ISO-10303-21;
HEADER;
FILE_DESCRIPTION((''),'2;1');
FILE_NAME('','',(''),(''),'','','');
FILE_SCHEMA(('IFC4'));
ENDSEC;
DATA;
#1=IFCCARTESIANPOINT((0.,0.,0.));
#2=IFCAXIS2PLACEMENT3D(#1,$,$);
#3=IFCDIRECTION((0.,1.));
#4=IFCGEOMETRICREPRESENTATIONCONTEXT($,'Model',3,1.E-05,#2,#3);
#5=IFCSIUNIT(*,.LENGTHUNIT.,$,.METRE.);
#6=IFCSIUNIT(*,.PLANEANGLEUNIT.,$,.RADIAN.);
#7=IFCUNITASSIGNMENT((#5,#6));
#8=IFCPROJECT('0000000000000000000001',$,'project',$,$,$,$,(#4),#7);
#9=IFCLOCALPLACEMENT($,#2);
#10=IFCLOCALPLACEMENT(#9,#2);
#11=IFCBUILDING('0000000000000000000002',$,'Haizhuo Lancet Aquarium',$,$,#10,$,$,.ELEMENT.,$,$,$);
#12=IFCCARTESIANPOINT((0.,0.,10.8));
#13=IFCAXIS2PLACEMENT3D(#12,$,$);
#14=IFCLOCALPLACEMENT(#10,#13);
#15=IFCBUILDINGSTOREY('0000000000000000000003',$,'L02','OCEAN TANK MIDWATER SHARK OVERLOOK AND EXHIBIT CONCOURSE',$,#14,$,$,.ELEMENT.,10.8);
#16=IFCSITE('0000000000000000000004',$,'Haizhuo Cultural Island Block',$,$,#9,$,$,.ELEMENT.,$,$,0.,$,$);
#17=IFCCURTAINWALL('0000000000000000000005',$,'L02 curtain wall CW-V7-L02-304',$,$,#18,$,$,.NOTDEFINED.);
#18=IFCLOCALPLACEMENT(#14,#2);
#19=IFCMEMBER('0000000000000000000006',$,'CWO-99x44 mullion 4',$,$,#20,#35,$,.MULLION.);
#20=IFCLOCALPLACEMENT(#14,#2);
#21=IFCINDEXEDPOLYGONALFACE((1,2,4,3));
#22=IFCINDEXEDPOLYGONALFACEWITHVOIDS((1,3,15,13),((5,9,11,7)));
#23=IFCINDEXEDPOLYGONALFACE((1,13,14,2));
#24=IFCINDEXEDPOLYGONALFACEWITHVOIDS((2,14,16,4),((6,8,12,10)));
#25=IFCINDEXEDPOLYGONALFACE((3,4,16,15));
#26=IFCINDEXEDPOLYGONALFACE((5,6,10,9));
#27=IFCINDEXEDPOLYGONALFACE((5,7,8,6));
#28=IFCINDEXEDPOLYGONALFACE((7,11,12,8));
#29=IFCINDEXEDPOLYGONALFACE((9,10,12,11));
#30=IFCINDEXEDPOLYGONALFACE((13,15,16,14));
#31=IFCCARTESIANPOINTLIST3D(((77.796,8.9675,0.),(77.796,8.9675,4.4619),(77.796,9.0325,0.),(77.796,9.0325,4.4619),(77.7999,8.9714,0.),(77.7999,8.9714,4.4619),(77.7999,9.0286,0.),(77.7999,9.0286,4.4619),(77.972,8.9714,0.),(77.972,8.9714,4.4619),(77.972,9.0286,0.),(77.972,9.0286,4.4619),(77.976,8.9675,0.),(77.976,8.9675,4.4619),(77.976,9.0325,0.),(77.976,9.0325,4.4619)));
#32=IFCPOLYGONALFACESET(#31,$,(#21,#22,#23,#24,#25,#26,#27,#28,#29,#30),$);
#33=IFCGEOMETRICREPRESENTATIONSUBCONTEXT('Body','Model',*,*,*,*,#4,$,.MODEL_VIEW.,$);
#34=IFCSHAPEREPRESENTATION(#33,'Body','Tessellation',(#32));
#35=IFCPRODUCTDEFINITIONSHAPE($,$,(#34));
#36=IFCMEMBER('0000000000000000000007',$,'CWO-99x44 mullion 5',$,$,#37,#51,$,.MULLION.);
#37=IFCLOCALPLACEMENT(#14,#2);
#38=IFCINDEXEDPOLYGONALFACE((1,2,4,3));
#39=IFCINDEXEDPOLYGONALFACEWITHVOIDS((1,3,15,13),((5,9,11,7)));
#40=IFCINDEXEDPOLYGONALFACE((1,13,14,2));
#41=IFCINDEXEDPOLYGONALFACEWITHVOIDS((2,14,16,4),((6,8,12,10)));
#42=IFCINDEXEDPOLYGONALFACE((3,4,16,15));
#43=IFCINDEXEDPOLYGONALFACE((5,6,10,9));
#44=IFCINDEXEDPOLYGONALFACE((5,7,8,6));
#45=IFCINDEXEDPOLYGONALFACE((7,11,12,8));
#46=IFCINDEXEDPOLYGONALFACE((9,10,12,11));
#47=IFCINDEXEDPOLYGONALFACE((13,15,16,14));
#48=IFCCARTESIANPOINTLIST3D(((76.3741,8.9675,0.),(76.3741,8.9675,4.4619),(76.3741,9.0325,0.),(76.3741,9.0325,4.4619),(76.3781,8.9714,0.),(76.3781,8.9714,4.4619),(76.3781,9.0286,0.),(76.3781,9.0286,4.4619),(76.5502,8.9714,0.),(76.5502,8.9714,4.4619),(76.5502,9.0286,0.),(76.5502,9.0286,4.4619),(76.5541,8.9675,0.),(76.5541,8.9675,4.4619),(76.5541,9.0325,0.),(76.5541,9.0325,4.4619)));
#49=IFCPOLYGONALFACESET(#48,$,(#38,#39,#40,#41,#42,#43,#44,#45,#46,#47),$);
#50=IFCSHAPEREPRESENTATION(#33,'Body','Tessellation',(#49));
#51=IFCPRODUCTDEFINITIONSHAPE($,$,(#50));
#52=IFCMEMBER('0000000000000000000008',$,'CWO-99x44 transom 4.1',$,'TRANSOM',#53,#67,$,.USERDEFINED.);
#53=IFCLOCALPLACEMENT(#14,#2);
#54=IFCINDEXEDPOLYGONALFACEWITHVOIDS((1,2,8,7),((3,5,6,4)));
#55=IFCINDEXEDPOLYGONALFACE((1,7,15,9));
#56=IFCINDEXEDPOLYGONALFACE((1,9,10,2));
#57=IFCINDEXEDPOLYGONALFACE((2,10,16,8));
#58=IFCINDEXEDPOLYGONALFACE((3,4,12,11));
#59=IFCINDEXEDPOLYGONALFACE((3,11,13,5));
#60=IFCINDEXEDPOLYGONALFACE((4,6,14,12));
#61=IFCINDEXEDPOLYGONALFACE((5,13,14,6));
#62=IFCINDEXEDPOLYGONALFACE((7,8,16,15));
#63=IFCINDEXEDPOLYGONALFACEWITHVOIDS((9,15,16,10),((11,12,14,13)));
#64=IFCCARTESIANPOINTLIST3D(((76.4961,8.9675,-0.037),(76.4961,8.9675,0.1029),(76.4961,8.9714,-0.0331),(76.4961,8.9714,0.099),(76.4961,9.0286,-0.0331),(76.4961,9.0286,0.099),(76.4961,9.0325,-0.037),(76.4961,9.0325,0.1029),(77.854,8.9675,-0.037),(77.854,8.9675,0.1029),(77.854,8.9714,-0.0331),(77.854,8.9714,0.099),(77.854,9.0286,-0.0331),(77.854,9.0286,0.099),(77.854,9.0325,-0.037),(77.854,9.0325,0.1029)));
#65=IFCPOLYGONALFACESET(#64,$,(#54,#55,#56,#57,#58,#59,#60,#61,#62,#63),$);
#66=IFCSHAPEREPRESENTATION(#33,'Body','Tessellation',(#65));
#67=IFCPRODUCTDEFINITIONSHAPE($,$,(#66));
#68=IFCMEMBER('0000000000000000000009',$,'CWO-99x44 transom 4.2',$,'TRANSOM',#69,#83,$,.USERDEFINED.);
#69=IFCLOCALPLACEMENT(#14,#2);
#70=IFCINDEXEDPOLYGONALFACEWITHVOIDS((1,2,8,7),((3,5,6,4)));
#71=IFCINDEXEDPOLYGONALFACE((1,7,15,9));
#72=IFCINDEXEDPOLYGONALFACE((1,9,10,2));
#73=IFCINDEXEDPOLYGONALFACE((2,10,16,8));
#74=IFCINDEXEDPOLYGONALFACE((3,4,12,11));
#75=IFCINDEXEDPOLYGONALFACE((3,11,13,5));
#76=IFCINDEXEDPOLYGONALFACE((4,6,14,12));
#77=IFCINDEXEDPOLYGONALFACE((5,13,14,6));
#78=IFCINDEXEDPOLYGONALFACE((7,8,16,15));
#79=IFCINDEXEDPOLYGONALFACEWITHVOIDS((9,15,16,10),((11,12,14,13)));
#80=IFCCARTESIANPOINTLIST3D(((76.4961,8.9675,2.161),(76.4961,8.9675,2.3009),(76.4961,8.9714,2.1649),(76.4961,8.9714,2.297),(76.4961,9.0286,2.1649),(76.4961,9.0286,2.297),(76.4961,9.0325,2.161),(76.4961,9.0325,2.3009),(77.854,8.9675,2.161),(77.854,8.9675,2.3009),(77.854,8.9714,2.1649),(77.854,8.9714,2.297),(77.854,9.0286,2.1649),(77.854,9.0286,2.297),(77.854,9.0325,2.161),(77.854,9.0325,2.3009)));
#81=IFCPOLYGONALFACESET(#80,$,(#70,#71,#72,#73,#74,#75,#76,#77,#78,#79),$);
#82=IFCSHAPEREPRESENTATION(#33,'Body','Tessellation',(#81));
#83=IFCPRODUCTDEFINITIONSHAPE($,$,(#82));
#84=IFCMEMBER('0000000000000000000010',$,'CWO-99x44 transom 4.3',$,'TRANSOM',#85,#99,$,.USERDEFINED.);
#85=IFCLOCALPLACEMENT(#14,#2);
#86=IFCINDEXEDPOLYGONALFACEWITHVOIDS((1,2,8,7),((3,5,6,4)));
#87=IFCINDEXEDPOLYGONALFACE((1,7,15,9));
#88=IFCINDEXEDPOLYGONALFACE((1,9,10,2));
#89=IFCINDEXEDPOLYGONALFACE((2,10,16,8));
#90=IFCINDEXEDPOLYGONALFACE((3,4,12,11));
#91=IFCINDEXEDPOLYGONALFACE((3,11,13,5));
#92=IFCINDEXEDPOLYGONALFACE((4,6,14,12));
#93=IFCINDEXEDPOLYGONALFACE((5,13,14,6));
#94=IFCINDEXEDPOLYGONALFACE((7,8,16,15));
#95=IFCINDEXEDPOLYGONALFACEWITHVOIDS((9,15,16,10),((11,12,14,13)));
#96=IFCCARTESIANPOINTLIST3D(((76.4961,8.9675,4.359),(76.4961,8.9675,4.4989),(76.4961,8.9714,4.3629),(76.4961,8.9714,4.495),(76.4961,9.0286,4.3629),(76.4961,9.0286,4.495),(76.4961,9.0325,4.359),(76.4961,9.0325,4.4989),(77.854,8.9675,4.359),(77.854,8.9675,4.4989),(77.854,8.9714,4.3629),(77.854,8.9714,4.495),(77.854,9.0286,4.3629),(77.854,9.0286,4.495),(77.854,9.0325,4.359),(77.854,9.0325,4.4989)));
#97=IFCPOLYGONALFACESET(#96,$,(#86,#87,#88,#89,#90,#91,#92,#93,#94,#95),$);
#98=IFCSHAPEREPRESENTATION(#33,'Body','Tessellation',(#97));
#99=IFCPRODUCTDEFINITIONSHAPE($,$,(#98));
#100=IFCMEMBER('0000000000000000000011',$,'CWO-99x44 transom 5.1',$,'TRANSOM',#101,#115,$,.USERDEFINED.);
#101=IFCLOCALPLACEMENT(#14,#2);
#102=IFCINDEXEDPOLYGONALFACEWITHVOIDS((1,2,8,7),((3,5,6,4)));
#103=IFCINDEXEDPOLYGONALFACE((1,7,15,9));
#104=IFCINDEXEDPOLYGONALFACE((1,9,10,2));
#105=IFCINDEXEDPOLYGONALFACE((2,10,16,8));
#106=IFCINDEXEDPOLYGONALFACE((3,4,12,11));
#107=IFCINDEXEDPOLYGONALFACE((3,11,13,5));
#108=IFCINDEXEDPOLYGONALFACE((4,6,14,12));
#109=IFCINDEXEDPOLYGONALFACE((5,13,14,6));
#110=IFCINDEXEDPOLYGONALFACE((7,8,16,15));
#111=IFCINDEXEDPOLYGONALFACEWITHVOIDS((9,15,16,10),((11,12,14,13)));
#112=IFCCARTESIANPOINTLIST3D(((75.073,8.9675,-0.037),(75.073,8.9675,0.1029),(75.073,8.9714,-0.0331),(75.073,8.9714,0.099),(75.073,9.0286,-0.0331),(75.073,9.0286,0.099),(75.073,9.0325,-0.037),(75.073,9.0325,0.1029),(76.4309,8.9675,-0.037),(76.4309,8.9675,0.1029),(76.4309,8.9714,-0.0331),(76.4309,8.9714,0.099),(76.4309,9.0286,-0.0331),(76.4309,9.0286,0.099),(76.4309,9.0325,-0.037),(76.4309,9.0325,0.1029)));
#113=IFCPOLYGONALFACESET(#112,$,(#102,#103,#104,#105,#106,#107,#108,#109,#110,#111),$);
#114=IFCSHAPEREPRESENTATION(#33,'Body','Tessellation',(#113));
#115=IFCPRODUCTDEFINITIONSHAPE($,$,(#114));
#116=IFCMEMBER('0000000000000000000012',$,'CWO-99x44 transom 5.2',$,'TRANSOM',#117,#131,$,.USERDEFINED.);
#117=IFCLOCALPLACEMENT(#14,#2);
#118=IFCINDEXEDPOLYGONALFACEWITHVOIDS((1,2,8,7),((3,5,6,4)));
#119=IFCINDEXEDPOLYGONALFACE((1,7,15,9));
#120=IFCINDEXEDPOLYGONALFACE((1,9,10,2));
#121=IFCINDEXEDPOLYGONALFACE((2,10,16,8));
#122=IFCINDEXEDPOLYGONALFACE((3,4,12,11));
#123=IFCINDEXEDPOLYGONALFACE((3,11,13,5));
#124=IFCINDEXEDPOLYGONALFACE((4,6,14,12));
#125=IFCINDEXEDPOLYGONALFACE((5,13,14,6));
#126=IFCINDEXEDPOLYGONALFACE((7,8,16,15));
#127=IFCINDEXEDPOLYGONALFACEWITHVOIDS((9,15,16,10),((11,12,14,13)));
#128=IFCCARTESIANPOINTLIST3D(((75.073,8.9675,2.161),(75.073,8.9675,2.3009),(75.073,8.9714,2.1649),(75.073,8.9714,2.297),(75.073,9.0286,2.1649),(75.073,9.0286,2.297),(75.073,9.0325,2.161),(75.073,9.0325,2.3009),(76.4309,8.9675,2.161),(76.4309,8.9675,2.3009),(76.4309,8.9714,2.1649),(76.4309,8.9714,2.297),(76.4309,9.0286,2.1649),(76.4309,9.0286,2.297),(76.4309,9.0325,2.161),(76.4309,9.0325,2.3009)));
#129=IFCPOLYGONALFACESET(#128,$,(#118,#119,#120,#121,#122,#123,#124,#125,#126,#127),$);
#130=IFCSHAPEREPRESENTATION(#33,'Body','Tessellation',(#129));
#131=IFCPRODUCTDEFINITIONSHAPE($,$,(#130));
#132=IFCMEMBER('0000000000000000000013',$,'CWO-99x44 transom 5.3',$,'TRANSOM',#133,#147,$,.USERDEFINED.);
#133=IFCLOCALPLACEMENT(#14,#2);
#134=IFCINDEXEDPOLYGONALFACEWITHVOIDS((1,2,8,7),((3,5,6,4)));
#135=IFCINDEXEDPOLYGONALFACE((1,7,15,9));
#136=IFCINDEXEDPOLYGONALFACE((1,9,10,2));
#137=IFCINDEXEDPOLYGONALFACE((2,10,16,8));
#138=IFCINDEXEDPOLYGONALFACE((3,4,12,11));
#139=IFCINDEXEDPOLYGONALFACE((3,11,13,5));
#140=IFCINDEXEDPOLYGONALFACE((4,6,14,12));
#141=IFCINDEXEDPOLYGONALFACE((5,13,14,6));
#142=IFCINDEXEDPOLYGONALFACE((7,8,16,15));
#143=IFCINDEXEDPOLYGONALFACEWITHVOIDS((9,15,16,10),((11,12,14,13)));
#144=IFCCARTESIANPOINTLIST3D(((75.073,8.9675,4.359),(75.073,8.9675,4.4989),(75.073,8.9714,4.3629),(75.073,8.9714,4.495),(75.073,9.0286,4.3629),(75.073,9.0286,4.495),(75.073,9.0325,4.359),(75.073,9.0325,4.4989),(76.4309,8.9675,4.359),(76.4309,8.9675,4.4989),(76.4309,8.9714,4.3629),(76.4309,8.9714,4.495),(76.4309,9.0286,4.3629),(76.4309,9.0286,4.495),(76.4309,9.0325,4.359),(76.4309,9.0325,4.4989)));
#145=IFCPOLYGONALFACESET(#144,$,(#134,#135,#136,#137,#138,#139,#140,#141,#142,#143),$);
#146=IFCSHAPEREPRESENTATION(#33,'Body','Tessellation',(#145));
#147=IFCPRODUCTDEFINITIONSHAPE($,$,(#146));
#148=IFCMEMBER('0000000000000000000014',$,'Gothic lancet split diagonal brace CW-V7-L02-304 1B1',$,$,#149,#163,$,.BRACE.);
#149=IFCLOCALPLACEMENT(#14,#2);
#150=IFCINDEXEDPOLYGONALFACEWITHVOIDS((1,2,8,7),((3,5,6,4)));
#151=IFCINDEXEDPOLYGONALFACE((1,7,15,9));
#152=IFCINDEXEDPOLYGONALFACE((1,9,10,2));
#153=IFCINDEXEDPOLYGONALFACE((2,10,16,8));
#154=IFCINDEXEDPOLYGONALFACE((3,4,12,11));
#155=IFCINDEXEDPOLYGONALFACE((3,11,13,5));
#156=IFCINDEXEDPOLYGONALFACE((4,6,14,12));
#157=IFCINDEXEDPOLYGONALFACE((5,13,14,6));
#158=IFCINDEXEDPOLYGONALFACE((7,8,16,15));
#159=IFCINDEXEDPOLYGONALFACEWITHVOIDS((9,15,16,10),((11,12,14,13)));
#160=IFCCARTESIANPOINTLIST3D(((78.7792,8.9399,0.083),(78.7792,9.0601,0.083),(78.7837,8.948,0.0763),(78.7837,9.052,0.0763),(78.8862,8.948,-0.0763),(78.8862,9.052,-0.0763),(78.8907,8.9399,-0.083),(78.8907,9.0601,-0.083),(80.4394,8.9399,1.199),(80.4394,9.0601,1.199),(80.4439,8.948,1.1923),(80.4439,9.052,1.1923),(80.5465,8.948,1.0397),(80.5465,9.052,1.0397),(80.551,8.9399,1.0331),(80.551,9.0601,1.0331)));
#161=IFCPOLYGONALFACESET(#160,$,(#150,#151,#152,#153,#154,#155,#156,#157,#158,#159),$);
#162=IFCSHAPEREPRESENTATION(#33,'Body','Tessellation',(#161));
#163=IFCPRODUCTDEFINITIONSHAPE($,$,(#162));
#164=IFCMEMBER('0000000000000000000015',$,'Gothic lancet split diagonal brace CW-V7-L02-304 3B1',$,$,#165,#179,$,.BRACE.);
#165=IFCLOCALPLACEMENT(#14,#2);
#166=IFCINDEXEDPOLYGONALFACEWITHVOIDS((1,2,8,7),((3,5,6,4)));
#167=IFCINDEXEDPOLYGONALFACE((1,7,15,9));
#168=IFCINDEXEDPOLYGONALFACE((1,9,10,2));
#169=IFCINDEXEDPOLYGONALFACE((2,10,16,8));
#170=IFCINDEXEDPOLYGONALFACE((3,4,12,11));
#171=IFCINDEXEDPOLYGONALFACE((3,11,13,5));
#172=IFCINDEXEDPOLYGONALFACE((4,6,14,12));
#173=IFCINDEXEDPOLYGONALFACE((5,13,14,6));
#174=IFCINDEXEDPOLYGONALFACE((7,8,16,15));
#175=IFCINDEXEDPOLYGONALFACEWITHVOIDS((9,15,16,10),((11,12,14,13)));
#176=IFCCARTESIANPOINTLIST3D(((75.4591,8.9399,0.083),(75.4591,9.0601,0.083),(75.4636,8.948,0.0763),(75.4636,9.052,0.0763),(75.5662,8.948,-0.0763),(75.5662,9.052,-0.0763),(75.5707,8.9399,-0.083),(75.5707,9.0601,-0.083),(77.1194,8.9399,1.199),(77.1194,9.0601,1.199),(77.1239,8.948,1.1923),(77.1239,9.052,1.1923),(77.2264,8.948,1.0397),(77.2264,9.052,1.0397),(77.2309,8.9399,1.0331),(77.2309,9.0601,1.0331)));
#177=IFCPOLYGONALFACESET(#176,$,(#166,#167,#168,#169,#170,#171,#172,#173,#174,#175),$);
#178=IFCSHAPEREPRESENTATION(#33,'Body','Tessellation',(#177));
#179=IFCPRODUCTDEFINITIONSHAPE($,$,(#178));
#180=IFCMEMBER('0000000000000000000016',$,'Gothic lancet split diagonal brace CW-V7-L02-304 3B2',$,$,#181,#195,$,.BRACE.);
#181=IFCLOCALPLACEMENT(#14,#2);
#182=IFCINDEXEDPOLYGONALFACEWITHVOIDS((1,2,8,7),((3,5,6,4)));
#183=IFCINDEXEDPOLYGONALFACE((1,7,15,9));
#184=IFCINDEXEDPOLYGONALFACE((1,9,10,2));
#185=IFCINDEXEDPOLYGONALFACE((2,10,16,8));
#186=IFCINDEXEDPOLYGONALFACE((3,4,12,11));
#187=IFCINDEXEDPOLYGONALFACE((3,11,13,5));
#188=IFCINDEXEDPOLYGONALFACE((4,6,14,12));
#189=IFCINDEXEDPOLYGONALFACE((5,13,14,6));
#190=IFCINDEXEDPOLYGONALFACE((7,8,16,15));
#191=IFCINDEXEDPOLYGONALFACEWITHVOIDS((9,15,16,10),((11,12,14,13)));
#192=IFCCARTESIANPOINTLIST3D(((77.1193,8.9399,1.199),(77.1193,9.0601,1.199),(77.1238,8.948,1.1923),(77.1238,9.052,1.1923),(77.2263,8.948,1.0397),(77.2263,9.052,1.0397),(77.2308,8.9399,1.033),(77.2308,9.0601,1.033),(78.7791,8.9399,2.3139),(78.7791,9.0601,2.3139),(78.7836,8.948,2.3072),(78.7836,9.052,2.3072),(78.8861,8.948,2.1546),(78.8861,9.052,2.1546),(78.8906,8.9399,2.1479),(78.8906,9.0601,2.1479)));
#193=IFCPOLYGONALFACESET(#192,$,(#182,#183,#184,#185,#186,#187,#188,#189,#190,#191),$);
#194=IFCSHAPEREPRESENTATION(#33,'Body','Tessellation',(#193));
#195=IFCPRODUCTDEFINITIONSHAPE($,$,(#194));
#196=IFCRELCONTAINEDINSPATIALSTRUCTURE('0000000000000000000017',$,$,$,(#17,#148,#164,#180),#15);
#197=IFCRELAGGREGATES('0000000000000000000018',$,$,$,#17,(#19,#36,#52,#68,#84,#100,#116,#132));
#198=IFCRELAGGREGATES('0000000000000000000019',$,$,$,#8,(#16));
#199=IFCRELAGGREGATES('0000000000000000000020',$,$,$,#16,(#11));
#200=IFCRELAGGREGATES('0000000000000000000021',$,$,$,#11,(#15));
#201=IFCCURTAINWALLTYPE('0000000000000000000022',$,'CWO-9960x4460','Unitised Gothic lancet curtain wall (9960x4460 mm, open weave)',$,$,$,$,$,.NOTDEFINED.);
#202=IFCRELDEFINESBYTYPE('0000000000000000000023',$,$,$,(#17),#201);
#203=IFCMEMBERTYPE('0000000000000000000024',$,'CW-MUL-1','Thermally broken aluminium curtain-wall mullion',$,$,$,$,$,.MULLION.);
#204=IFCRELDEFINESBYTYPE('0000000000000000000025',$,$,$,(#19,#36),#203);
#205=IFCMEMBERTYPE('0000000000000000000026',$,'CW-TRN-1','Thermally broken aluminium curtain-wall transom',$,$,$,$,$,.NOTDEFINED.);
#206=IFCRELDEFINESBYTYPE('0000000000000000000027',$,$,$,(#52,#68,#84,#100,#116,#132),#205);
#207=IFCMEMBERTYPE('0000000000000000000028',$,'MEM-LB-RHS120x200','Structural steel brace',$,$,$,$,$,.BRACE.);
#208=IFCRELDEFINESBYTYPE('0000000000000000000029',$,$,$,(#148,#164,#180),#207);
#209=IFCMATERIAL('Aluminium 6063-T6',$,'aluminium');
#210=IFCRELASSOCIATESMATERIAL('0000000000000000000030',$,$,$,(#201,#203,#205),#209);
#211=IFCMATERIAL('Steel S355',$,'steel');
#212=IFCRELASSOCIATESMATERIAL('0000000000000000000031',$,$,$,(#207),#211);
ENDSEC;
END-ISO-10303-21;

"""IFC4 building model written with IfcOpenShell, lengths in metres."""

from ifc_helpers import new_model, si_unit, direction, frame, origin, origin_2d, place, context, subcontext, project, spatial, hollow_rectangle, extrude, material, material_profile, profile_set, type_object, element, aggregate, save


model = new_model("IFC4")

# Units and contexts
model_context = context("Model", 3, precision=1e-05, world=origin(), true_north=direction((0.0, 1.0)))
body_context = subcontext(model_context, "Body", "Model", "MODEL_VIEW")
ifc_project = project(units=[si_unit("LENGTHUNIT", "METRE"), si_unit("PLANEANGLEUNIT", "RADIAN")], contexts=[model_context])

# Site, building, storey
site_placement = place(None, origin())
site = spatial("IfcSite", under=ifc_project, at=site_placement, Name="Haizhuo Cultural Island Block", CompositionType="ELEMENT", RefElevation=0.0)
building_placement = place(site_placement, origin())
building = spatial("IfcBuilding", under=site, at=building_placement, Name="Haizhuo Lancet Aquarium", CompositionType="ELEMENT")
storey_placement = place(building_placement, frame((0.0, 0.0, 10.8)))
storey = spatial("IfcBuildingStorey", under=building, at=storey_placement, Name="L02", Description="OCEAN TANK MIDWATER SHARK OVERLOOK AND EXHIBIT CONCOURSE", CompositionType="ELEMENT", Elevation=10.8)

# Curtain wall, members
ifc_material_1 = material(Name="Aluminium 6063-T6", Category="aluminium")
curtain_wall_type = type_object("IfcCurtainWallType", Name="CWO-9960x4460", Description="Unitised Gothic lancet curtain wall (9960x4460 mm, open weave)", PredefinedType="NOTDEFINED", material=ifc_material_1)
curtain_wall_placement = place(storey_placement, origin())
curtain_wall = element("IfcCurtainWall", 1, at=curtain_wall_placement, inside=storey, type_object=curtain_wall_type, Name="L02 curtain wall CW-V7-L02-304", PredefinedType="NOTDEFINED")
ifc_material_profile_1 = material_profile(ifc_material_1, hollow_rectangle(XDim=0.0649, YDim=0.1799, WallThickness=0.0039, at=origin_2d()), Name="ALU-M 65x180x4")
ifc_profile_set_1 = profile_set([ifc_material_profile_1], Name="Aluminium 6063-T6")
member_type_1 = type_object("IfcMemberType", Name="CW-MUL-1", Description="Thermally broken aluminium curtain-wall mullion", PredefinedType="MULLION", material=ifc_profile_set_1)
member_1_placement = place(storey_placement, frame((77.886, 9.0, 0.0), z_axis=(0.0, 0.0, 1.0), x_axis=(0.0, -1.0, 0.0)))
member_1 = element("IfcMember", 2, at=member_1_placement, type_object=member_type_1, Name="CWO-99x44 mullion 4", PredefinedType="MULLION", context=body_context, shape_type="SweptSolid", body=[
    extrude(hollow_rectangle(XDim=0.0649, YDim=0.1799, WallThickness=0.0039, at=origin_2d()), origin(), (0.0, 0.0, 1.0), 4.4619),
])
member_2_placement = place(storey_placement, frame((76.4641, 9.0, 0.0), z_axis=(0.0, 0.0, 1.0), x_axis=(0.0, -1.0, 0.0)))
member_2 = element("IfcMember", 3, at=member_2_placement, type_object=member_type_1, Name="CWO-99x44 mullion 5", PredefinedType="MULLION", context=body_context, shape_type="SweptSolid", body=[
    extrude(hollow_rectangle(XDim=0.0649, YDim=0.1799, WallThickness=0.0039, at=origin_2d()), origin(), (0.0, 0.0, 1.0), 4.4619),
])
ifc_material_profile_2 = material_profile(ifc_material_1, hollow_rectangle(XDim=0.0649, YDim=0.1399, WallThickness=0.0039, at=origin_2d()), Name="ALU-T 65x140x4")
ifc_profile_set_2 = profile_set([ifc_material_profile_2], Name="Aluminium 6063-T6")
member_type_2 = type_object("IfcMemberType", Name="CW-TRN-1", Description="Thermally broken aluminium curtain-wall transom", PredefinedType="NOTDEFINED", material=ifc_profile_set_2)
member_3_placement = place(storey_placement, frame((77.854, 9.0, 0.033), z_axis=(-1.0, 0.0, 0.0), x_axis=(0.0, -1.0, 0.0)))
member_3 = element("IfcMember", 4, at=member_3_placement, type_object=member_type_2, Name="CWO-99x44 transom 4.1", ObjectType="TRANSOM", PredefinedType="USERDEFINED", context=body_context, shape_type="SweptSolid", body=[
    extrude(hollow_rectangle(XDim=0.0649, YDim=0.1399, WallThickness=0.0039, at=origin_2d()), origin(), (0.0, 0.0, 1.0), 1.3579),
])
member_4_placement = place(storey_placement, frame((77.854, 9.0, 2.231), z_axis=(-1.0, 0.0, 0.0), x_axis=(0.0, -1.0, 0.0)))
member_4 = element("IfcMember", 5, at=member_4_placement, type_object=member_type_2, Name="CWO-99x44 transom 4.2", ObjectType="TRANSOM", PredefinedType="USERDEFINED", context=body_context, shape_type="SweptSolid", body=[
    extrude(hollow_rectangle(XDim=0.0649, YDim=0.1399, WallThickness=0.0039, at=origin_2d()), origin(), (0.0, 0.0, 1.0), 1.3579),
])
member_5_placement = place(storey_placement, frame((77.854, 9.0, 4.429), z_axis=(-1.0, 0.0, 0.0), x_axis=(0.0, -1.0, 0.0)))
member_5 = element("IfcMember", 6, at=member_5_placement, type_object=member_type_2, Name="CWO-99x44 transom 4.3", ObjectType="TRANSOM", PredefinedType="USERDEFINED", context=body_context, shape_type="SweptSolid", body=[
    extrude(hollow_rectangle(XDim=0.0649, YDim=0.1399, WallThickness=0.0039, at=origin_2d()), origin(), (0.0, 0.0, 1.0), 1.3579),
])
member_6_placement = place(storey_placement, frame((76.4309, 9.0, 0.033), z_axis=(-1.0, 0.0, 0.0), x_axis=(0.0, -1.0, 0.0)))
member_6 = element("IfcMember", 7, at=member_6_placement, type_object=member_type_2, Name="CWO-99x44 transom 5.1", ObjectType="TRANSOM", PredefinedType="USERDEFINED", context=body_context, shape_type="SweptSolid", body=[
    extrude(hollow_rectangle(XDim=0.0649, YDim=0.1399, WallThickness=0.0039, at=origin_2d()), origin(), (0.0, 0.0, 1.0), 1.3579),
])
member_7_placement = place(storey_placement, frame((76.4309, 9.0, 2.231), z_axis=(-1.0, 0.0, 0.0), x_axis=(0.0, -1.0, 0.0)))
member_7 = element("IfcMember", 8, at=member_7_placement, type_object=member_type_2, Name="CWO-99x44 transom 5.2", ObjectType="TRANSOM", PredefinedType="USERDEFINED", context=body_context, shape_type="SweptSolid", body=[
    extrude(hollow_rectangle(XDim=0.0649, YDim=0.1399, WallThickness=0.0039, at=origin_2d()), origin(), (0.0, 0.0, 1.0), 1.3579),
])
member_8_placement = place(storey_placement, frame((76.4309, 9.0, 4.429), z_axis=(-1.0, 0.0, 0.0), x_axis=(0.0, -1.0, 0.0)))
member_8 = element("IfcMember", 9, at=member_8_placement, type_object=member_type_2, Name="CWO-99x44 transom 5.3", ObjectType="TRANSOM", PredefinedType="USERDEFINED", context=body_context, shape_type="SweptSolid", body=[
    extrude(hollow_rectangle(XDim=0.0649, YDim=0.1399, WallThickness=0.0039, at=origin_2d()), origin(), (0.0, 0.0, 1.0), 1.3579),
])

# Members
ifc_material_2 = material(Name="Steel S355", Category="steel")
ifc_material_profile_3 = material_profile(ifc_material_2, hollow_rectangle(XDim=0.1201, YDim=0.2, WallThickness=0.0081, at=origin_2d()), Name="RHS 120x200x8")
ifc_profile_set_3 = profile_set([ifc_material_profile_3], Name="Steel S355")
member_type_3 = type_object("IfcMemberType", Name="MEM-LB-RHS120x200", Description="Structural steel brace", PredefinedType="BRACE", material=ifc_profile_set_3)
for number, where, z_axis, x_axis, name in (
    (10, (78.835, 9.0, 0.0), (0.829922, 0.0, 0.557879), (0.0, 1.0, 0.0), "Gothic lancet split diagonal brace CW-V7-L02-304 1B1"),
    (11, (75.5149, 9.0, 0.0), (0.829922, 0.0, 0.557879), (0.0, 1.0, 0.0), "Gothic lancet split diagonal brace CW-V7-L02-304 3B1"),
):
    element("IfcMember", number, at=place(storey_placement, frame(where, z_axis=z_axis, x_axis=x_axis)), inside=storey, type_object=member_type_3, Name=name, PredefinedType="BRACE", context=body_context, shape_type="SweptSolid", body=[
        extrude(hollow_rectangle(XDim=0.1201, YDim=0.2, WallThickness=0.0081, at=origin_2d()), origin(), (0.0, 0.0, 1.0), 2.0005),
    ])
member_9_placement = place(storey_placement, frame((77.175, 9.0, 1.116), z_axis=(0.830111, 0.0, 0.557599), x_axis=(0.0, 1.0, 0.0)))
element("IfcMember", 12, at=member_9_placement, inside=storey, type_object=member_type_3, Name="Gothic lancet split diagonal brace CW-V7-L02-304 3B2", PredefinedType="BRACE", context=body_context, shape_type="SweptSolid", body=[
    extrude(hollow_rectangle(XDim=0.1201, YDim=0.2, WallThickness=0.0081, at=origin_2d()), origin(), (0.0, 0.0, 1.0), 1.9995),
])

aggregate(curtain_wall, [member_1, member_2, member_3, member_4, member_5, member_6, member_7, member_8])

save(model, "model.ifc")
